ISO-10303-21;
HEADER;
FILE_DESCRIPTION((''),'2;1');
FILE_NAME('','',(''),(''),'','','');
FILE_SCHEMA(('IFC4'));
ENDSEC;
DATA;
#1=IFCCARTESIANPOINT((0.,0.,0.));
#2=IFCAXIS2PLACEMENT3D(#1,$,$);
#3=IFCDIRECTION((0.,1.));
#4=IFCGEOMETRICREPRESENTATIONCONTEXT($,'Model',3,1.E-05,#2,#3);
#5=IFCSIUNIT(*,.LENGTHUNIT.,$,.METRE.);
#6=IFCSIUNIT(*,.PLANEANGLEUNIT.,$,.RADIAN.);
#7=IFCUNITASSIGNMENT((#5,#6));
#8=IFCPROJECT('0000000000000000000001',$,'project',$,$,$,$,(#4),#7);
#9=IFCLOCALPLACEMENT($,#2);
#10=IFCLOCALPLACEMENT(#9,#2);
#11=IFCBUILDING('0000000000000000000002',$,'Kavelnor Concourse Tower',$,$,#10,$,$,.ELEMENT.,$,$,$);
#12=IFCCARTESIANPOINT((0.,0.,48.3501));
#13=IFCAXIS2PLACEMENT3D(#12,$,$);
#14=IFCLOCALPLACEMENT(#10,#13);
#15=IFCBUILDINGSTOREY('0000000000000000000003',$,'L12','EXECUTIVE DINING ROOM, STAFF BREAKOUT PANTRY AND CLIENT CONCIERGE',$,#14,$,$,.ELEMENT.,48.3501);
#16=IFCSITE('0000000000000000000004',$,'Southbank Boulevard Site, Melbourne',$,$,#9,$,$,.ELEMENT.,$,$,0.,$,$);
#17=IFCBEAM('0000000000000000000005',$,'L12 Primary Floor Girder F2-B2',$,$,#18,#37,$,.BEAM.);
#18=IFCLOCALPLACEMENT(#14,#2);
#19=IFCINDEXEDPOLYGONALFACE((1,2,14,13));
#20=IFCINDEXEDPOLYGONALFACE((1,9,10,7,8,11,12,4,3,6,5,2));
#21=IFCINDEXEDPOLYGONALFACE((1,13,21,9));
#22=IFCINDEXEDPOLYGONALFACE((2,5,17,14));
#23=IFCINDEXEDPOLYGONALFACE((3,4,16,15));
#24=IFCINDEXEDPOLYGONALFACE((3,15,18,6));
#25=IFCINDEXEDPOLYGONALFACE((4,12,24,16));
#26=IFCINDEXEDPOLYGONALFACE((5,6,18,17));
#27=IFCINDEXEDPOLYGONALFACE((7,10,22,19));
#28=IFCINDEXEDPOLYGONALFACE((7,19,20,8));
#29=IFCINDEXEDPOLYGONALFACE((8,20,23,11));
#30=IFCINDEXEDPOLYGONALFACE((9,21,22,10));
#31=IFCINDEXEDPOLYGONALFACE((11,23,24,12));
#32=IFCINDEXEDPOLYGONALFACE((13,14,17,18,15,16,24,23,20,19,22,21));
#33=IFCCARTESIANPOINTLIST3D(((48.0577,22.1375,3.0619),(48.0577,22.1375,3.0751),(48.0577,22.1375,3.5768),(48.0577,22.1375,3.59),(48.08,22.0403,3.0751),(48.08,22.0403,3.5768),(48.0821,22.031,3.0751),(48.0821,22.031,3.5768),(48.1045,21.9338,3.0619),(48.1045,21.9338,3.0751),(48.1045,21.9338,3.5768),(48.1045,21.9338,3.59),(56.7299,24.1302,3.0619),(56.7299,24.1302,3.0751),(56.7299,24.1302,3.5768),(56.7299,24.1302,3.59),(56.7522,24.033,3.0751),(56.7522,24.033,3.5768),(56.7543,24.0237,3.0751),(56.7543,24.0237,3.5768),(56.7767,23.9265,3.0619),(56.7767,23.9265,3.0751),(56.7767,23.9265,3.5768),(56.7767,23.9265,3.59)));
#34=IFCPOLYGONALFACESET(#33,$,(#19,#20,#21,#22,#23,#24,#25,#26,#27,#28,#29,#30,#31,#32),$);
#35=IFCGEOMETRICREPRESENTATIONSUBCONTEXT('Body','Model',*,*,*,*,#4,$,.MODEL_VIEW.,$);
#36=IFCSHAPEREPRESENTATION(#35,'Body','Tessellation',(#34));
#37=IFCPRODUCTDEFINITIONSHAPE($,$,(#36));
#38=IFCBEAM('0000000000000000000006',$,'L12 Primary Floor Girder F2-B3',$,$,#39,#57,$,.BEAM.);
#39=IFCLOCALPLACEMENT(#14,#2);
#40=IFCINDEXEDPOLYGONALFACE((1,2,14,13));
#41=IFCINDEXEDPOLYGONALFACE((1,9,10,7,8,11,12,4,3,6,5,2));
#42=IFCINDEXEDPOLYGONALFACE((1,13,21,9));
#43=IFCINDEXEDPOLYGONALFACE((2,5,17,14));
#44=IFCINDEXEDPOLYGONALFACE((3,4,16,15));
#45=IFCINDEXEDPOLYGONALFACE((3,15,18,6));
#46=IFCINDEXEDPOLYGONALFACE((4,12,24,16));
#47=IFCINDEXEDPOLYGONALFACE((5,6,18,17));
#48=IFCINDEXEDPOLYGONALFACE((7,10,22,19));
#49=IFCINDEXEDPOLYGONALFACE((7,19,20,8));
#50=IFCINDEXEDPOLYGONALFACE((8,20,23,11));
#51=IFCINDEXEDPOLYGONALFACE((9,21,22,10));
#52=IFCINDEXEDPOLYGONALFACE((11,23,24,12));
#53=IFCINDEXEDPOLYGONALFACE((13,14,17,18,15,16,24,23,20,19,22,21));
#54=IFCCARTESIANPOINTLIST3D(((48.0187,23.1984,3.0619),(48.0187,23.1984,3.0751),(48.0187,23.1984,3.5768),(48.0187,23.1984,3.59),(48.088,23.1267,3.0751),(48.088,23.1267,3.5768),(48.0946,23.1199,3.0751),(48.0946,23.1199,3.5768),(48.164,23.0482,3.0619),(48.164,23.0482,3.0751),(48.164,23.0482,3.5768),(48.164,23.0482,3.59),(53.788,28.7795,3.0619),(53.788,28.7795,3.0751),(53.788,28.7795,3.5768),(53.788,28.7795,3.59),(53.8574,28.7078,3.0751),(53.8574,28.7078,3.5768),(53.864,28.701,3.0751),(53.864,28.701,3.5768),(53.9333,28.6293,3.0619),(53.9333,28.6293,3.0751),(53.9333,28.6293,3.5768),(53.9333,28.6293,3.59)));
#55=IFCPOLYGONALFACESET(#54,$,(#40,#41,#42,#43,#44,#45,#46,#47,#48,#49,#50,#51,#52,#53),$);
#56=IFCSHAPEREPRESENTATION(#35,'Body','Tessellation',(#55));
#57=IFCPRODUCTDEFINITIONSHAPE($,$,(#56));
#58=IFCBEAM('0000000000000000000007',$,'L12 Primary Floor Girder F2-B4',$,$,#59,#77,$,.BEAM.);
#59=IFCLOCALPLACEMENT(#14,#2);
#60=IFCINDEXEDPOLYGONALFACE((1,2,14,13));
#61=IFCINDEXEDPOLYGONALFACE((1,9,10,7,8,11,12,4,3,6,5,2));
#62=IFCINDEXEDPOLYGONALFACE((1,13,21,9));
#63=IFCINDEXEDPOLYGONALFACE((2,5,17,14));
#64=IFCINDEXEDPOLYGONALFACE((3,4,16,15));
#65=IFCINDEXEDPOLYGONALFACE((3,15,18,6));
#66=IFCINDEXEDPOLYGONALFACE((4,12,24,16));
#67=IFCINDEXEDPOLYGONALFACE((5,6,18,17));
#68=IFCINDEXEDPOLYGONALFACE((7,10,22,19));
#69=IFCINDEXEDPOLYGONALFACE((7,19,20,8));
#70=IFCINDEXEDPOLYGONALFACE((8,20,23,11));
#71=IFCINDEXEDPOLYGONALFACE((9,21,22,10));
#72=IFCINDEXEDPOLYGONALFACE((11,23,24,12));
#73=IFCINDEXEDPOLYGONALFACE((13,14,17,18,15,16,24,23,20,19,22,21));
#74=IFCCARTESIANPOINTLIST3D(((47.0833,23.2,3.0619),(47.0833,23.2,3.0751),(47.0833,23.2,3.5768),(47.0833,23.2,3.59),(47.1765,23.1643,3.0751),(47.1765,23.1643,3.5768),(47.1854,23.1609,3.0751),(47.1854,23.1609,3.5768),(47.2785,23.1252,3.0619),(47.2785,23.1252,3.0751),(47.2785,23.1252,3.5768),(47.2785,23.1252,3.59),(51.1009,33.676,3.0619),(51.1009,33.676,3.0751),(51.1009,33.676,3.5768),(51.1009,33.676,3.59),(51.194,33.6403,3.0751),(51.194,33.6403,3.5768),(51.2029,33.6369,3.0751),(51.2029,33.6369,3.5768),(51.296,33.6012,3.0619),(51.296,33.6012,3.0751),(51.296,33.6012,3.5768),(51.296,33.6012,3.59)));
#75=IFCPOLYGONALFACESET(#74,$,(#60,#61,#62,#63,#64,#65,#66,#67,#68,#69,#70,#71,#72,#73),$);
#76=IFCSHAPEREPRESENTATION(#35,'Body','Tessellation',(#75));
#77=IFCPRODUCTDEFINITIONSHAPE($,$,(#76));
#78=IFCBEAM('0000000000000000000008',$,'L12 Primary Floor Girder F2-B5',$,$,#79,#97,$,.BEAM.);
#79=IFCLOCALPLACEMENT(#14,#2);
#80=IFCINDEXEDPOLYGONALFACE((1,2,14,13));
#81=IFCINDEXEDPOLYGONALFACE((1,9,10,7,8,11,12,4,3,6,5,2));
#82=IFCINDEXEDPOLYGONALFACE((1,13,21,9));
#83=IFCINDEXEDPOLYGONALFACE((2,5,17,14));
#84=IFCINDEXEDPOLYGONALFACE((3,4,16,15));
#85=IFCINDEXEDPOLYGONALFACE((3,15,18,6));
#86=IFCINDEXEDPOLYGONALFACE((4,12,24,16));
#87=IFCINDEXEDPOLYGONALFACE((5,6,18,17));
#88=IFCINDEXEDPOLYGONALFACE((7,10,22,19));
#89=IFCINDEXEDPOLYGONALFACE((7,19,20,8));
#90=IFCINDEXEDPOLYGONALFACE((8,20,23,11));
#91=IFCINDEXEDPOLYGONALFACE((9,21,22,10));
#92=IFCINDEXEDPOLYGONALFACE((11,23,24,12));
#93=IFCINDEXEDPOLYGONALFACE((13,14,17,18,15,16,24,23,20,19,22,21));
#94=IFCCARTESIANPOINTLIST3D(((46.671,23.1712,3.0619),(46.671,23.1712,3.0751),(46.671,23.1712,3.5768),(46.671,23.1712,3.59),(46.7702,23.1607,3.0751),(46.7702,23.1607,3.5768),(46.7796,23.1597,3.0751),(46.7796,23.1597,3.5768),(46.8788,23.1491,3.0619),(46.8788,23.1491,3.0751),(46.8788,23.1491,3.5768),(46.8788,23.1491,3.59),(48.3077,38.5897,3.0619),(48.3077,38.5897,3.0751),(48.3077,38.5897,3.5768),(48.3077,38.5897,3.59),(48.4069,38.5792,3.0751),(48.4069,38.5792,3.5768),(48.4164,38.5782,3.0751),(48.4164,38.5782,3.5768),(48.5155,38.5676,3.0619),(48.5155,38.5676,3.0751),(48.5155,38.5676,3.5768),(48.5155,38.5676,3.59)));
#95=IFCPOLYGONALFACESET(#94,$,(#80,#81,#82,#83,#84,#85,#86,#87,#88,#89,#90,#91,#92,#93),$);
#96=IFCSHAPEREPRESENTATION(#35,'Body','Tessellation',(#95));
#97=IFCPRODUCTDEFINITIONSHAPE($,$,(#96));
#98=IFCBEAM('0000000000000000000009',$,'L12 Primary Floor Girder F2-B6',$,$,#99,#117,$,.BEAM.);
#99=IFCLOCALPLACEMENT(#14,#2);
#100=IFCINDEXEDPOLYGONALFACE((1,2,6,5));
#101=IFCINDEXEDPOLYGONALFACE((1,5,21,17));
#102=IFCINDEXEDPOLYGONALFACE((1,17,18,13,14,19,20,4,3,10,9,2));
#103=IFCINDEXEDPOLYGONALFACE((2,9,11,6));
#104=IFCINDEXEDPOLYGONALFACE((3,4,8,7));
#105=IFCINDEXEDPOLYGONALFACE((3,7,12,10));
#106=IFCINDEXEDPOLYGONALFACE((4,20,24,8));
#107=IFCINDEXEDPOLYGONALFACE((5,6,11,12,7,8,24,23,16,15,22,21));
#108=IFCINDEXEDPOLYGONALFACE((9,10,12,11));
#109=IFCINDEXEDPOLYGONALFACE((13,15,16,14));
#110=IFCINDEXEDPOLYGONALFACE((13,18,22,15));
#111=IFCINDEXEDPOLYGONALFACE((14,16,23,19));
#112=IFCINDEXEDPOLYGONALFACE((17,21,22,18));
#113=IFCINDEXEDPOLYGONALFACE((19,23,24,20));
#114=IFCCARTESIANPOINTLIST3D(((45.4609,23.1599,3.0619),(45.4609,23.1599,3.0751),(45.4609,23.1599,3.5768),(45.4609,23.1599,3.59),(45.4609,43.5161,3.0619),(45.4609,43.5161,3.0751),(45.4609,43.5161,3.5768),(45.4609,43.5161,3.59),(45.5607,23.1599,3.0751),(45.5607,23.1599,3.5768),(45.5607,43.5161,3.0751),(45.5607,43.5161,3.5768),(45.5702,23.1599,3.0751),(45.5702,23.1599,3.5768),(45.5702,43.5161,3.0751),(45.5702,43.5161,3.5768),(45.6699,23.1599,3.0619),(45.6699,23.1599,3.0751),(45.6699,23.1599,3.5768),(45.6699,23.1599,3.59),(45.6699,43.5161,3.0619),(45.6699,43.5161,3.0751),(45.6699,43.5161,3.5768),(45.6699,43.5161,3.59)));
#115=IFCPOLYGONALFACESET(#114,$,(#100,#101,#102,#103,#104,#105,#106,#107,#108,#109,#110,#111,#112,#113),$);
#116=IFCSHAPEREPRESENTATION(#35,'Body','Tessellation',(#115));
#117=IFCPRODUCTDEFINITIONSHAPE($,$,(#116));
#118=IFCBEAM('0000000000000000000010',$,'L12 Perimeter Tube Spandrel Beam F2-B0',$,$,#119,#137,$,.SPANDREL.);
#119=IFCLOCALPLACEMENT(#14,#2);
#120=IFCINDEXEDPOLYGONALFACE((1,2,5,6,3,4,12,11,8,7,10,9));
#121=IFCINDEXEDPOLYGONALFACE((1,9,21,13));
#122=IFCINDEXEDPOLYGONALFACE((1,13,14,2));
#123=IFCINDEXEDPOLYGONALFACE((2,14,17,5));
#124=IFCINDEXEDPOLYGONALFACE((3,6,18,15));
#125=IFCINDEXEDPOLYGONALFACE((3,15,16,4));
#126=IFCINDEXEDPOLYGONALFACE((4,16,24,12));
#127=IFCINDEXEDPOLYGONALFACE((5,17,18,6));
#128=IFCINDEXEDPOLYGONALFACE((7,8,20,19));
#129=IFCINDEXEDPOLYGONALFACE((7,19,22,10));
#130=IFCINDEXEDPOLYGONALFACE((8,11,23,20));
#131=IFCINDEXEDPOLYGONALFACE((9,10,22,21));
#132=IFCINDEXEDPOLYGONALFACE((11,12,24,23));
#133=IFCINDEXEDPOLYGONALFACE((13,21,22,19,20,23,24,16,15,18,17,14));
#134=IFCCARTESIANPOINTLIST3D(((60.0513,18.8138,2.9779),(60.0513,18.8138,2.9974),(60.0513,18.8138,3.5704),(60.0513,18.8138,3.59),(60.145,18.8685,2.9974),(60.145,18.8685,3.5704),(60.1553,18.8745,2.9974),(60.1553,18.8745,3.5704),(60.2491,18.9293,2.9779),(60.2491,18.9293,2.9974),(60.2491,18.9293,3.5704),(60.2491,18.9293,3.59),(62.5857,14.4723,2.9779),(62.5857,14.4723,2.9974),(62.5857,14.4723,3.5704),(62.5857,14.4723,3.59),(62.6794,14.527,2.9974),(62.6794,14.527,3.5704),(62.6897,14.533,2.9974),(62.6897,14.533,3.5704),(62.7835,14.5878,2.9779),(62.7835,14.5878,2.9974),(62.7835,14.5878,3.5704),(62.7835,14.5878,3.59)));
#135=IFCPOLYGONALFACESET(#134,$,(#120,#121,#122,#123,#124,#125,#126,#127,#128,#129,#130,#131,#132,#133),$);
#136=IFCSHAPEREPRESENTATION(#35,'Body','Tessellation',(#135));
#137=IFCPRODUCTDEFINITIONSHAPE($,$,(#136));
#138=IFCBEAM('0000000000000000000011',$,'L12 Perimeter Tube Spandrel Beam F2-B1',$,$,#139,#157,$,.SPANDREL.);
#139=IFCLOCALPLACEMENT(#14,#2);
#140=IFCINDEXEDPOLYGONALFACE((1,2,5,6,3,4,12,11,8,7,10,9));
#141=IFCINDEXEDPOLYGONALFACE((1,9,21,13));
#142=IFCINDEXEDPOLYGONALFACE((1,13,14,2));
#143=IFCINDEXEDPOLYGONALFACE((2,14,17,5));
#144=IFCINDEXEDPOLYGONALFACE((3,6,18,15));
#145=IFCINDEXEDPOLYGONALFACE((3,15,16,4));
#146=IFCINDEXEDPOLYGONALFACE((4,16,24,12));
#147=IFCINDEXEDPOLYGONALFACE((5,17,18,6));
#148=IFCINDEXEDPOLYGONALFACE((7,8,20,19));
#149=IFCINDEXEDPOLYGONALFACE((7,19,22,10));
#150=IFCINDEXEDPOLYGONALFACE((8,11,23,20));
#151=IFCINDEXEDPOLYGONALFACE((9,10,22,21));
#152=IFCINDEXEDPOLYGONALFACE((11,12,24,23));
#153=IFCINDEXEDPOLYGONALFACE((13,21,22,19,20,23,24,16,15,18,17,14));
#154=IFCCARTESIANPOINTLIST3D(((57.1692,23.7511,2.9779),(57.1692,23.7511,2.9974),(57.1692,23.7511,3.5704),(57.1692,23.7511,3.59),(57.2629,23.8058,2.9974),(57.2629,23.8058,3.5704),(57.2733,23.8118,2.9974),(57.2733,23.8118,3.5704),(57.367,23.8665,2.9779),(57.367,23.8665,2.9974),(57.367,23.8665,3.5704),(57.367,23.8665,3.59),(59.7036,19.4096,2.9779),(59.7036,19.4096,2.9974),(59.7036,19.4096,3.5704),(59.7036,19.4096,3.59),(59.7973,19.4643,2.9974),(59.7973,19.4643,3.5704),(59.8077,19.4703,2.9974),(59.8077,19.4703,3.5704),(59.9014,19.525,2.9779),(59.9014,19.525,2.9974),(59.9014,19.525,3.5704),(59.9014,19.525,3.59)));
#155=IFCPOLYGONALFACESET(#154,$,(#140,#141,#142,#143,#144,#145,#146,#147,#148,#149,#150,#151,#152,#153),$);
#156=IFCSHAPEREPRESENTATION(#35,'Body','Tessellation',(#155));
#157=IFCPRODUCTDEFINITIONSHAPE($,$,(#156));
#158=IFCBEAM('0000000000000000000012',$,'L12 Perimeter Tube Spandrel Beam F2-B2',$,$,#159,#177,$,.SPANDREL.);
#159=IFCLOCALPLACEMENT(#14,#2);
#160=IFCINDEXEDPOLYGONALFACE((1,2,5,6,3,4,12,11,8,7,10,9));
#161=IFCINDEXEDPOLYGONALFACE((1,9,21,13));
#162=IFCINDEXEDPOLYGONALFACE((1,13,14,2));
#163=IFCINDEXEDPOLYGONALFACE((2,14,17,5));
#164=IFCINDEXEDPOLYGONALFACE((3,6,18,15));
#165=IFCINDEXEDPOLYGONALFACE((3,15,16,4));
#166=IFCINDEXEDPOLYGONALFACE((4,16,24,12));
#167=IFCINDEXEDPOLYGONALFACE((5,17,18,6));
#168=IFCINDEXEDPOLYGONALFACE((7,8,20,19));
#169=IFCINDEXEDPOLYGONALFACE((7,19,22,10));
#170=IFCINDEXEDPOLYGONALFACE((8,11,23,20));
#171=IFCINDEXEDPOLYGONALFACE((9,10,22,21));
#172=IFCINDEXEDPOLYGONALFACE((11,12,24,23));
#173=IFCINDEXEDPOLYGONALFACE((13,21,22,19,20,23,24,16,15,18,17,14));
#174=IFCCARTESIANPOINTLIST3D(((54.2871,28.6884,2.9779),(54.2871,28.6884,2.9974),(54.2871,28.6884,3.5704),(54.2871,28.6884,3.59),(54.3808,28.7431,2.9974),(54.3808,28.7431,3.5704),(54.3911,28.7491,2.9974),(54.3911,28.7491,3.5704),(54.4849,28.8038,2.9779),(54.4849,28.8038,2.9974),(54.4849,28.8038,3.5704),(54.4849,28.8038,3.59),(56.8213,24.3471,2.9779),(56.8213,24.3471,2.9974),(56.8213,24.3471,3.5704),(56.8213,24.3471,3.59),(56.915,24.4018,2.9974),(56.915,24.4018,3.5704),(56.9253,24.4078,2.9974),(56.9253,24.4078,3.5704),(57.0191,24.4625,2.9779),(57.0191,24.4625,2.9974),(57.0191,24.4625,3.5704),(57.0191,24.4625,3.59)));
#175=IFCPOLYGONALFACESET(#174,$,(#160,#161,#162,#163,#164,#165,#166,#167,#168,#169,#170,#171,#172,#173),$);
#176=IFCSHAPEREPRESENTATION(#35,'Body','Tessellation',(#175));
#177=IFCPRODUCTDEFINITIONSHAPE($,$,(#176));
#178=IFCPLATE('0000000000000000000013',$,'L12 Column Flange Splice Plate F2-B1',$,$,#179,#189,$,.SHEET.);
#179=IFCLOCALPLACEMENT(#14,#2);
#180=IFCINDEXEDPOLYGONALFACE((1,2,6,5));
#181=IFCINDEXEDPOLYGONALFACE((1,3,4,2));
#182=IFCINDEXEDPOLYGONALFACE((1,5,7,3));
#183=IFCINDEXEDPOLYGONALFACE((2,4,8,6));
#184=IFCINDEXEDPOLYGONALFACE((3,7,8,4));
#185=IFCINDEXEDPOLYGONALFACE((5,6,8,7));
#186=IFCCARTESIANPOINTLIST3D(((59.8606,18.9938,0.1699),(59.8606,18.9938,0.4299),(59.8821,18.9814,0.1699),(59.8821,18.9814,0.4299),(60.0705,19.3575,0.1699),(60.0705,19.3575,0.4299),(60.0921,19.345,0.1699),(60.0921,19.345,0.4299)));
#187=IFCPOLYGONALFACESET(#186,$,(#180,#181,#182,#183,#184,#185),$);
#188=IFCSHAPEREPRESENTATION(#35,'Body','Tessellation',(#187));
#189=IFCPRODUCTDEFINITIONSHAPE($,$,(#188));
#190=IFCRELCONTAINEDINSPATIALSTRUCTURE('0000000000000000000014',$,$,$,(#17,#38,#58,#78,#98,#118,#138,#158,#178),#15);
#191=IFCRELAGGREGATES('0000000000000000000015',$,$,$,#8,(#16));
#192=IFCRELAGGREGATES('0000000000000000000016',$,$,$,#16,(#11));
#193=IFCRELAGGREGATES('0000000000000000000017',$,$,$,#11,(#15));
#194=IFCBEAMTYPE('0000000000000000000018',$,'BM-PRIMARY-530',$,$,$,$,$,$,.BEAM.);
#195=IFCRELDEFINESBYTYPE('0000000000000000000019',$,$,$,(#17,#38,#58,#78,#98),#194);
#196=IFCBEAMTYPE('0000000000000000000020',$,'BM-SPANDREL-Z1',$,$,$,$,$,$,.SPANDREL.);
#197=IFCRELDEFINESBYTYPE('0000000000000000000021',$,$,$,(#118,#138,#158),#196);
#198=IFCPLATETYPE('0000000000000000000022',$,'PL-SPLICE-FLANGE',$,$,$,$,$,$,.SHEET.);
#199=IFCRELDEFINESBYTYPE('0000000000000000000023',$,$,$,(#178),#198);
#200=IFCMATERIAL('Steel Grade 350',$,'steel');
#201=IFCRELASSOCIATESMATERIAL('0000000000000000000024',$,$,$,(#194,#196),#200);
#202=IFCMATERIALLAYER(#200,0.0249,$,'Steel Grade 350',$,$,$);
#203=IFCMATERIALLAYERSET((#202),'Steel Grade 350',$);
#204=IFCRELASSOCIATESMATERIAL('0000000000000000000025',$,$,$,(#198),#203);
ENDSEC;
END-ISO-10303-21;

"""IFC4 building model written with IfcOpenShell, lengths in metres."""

from ifc_helpers import new_model, si_unit, direction, frame, origin, origin_2d, place, context, subcontext, project, spatial, rectangle, i_section, extrude, material, layer, layer_set, material_profile, profile_set, type_object, element, save


model = new_model("IFC4")

# Units and contexts
model_context = context("Model", 3, precision=1e-05, world=origin(), true_north=direction((0.0, 1.0)))
body_context = subcontext(model_context, "Body", "Model", "MODEL_VIEW")
ifc_project = project(units=[si_unit("LENGTHUNIT", "METRE"), si_unit("PLANEANGLEUNIT", "RADIAN")], contexts=[model_context])

# Site, building, storey
site_placement = place(None, origin())
site = spatial("IfcSite", under=ifc_project, at=site_placement, Name="Southbank Boulevard Site, Melbourne", CompositionType="ELEMENT", RefElevation=0.0)
building_placement = place(site_placement, origin())
building = spatial("IfcBuilding", under=site, at=building_placement, Name="Kavelnor Concourse Tower", CompositionType="ELEMENT")
storey_placement = place(building_placement, frame((0.0, 0.0, 48.3501)))
storey = spatial("IfcBuildingStorey", under=building, at=storey_placement, Name="L12", Description="EXECUTIVE DINING ROOM, STAFF BREAKOUT PANTRY AND CLIENT CONCIERGE", CompositionType="ELEMENT", Elevation=48.3501)

# Shared definitions
ifc_material_1 = material(Name="Steel Grade 350", Category="steel")

# Beams
ifc_material_profile_1 = material_profile(ifc_material_1, i_section(OverallWidth=0.209, OverallDepth=0.5281, WebThickness=0.0095, FlangeThickness=0.0132, at=origin_2d()), Name="530UB82")
ifc_profile_set_1 = profile_set([ifc_material_profile_1], Name="Steel Grade 350")
beam_type_1 = type_object("IfcBeamType", Name="BM-PRIMARY-530", PredefinedType="BEAM", material=ifc_profile_set_1)
beam_1_placement = place(storey_placement, frame((48.0811, 22.0356, 3.3259), z_axis=(0.974602, 0.223944, 0.0), x_axis=(-0.223944, 0.974602, 0.0)))
element("IfcBeam", 1, at=beam_1_placement, inside=storey, type_object=beam_type_1, Name="L12 Primary Floor Girder F2-B2", PredefinedType="BEAM", context=body_context, shape_type="SweptSolid", body=[
    extrude(i_section(OverallWidth=0.209, OverallDepth=0.5281, WebThickness=0.0095, FlangeThickness=0.0132, at=origin_2d()), origin(), (0.0, 0.0, 1.0), 8.8982),
])
beam_2_placement = place(storey_placement, frame((48.0913, 23.1233, 3.3259), z_axis=(0.718735, 0.695285, 0.0), x_axis=(-0.695285, 0.718735, 0.0)))
element("IfcBeam", 2, at=beam_2_placement, inside=storey, type_object=beam_type_1, Name="L12 Primary Floor Girder F2-B3", PredefinedType="BEAM", context=body_context, shape_type="SweptSolid", body=[
    extrude(i_section(OverallWidth=0.209, OverallDepth=0.5281, WebThickness=0.0095, FlangeThickness=0.0132, at=origin_2d()), origin(), (0.0, 0.0, 1.0), 8.0271),
])
beam_3_placement = place(storey_placement, frame((47.1809, 23.1626, 3.3259), z_axis=(0.358072, 0.933694, 0.0), x_axis=(-0.933694, 0.358072, 0.0)))
element("IfcBeam", 3, at=beam_3_placement, inside=storey, type_object=beam_type_1, Name="L12 Primary Floor Girder F2-B4", PredefinedType="BEAM", context=body_context, shape_type="SweptSolid", body=[
    extrude(i_section(OverallWidth=0.209, OverallDepth=0.5281, WebThickness=0.0095, FlangeThickness=0.0132, at=origin_2d()), origin(), (0.0, 0.0, 1.0), 11.22),
])
beam_4_placement = place(storey_placement, frame((46.7749, 23.1602, 3.3259), z_axis=(0.10556, 0.994413, 0.0), x_axis=(-0.994413, 0.10556, 0.0)))
element("IfcBeam", 4, at=beam_4_placement, inside=storey, type_object=beam_type_1, Name="L12 Primary Floor Girder F2-B5", PredefinedType="BEAM", context=body_context, shape_type="SweptSolid", body=[
    extrude(i_section(OverallWidth=0.209, OverallDepth=0.5281, WebThickness=0.0095, FlangeThickness=0.0132, at=origin_2d()), origin(), (0.0, 0.0, 1.0), 15.5051),
])
beam_5_placement = place(storey_placement, frame((45.5654, 23.1599, 3.3259), z_axis=(0.0, 1.0, 0.0), x_axis=(-1.0, 0.0, 0.0)))
element("IfcBeam", 5, at=beam_5_placement, inside=storey, type_object=beam_type_1, Name="L12 Primary Floor Girder F2-B6", PredefinedType="BEAM", context=body_context, shape_type="SweptSolid", body=[
    extrude(i_section(OverallWidth=0.209, OverallDepth=0.5281, WebThickness=0.0095, FlangeThickness=0.0132, at=origin_2d()), origin(), (0.0, 0.0, 1.0), 20.3562),
])
ifc_material_profile_2 = material_profile(ifc_material_1, i_section(OverallWidth=0.229, OverallDepth=0.6121, WebThickness=0.012, FlangeThickness=0.0195, at=origin_2d()), Name="610UB125")
ifc_profile_set_2 = profile_set([ifc_material_profile_2], Name="Steel Grade 350")
beam_type_2 = type_object("IfcBeamType", Name="BM-SPANDREL-Z1", PredefinedType="SPANDREL", material=ifc_profile_set_2)
for number, where, z_axis, x_axis, name in (
    (6, (62.6846, 14.53, 3.2839), (-0.504146, 0.863619, 0.0), (-0.863619, -0.504146, 0.0), "L12 Perimeter Tube Spandrel Beam F2-B0"),
    (7, (59.8025, 19.4673, 3.2839), (-0.504146, 0.863619, 0.0), (-0.863619, -0.504146, 0.0), "L12 Perimeter Tube Spandrel Beam F2-B1"),
):
    element("IfcBeam", number, at=place(storey_placement, frame(where, z_axis=z_axis, x_axis=x_axis)), inside=storey, type_object=beam_type_2, Name=name, PredefinedType="SPANDREL", context=body_context, shape_type="SweptSolid", body=[
        extrude(i_section(OverallWidth=0.229, OverallDepth=0.6121, WebThickness=0.012, FlangeThickness=0.0195, at=origin_2d()), origin(), (0.0, 0.0, 1.0), 5.0271),
    ])
beam_6_placement = place(storey_placement, frame((56.9202, 24.4048, 3.2839), z_axis=(-0.504131, 0.863627, 0.0), x_axis=(-0.863627, -0.504131, 0.0)))
element("IfcBeam", 8, at=beam_6_placement, inside=storey, type_object=beam_type_2, Name="L12 Perimeter Tube Spandrel Beam F2-B2", PredefinedType="SPANDREL", context=body_context, shape_type="SweptSolid", body=[
    extrude(i_section(OverallWidth=0.229, OverallDepth=0.6121, WebThickness=0.012, FlangeThickness=0.0195, at=origin_2d()), origin(), (0.0, 0.0, 1.0), 5.0269),
])

# Plate
ifc_layer_1 = layer(ifc_material_1, 0.0249, Name="Steel Grade 350")
ifc_layer_set_1 = layer_set([ifc_layer_1], Name="Steel Grade 350")
plate_type = type_object("IfcPlateType", Name="PL-SPLICE-FLANGE", PredefinedType="SHEET", material=ifc_layer_set_1)
plate_placement = place(storey_placement, frame((59.9763, 19.1694, 0.1699), z_axis=(0.0, 0.0, 1.0), x_axis=(-0.5, -0.866025, 0.0)))
element("IfcPlate", 9, at=plate_placement, inside=storey, type_object=plate_type, Name="L12 Column Flange Splice Plate F2-B1", PredefinedType="SHEET", context=body_context, shape_type="SweptSolid", body=[
    extrude(rectangle(XDim=0.4199, YDim=0.0249, at=origin_2d()), origin(), (0.0, 0.0, 1.0), 0.26),
])

save(model, "model.ifc")
